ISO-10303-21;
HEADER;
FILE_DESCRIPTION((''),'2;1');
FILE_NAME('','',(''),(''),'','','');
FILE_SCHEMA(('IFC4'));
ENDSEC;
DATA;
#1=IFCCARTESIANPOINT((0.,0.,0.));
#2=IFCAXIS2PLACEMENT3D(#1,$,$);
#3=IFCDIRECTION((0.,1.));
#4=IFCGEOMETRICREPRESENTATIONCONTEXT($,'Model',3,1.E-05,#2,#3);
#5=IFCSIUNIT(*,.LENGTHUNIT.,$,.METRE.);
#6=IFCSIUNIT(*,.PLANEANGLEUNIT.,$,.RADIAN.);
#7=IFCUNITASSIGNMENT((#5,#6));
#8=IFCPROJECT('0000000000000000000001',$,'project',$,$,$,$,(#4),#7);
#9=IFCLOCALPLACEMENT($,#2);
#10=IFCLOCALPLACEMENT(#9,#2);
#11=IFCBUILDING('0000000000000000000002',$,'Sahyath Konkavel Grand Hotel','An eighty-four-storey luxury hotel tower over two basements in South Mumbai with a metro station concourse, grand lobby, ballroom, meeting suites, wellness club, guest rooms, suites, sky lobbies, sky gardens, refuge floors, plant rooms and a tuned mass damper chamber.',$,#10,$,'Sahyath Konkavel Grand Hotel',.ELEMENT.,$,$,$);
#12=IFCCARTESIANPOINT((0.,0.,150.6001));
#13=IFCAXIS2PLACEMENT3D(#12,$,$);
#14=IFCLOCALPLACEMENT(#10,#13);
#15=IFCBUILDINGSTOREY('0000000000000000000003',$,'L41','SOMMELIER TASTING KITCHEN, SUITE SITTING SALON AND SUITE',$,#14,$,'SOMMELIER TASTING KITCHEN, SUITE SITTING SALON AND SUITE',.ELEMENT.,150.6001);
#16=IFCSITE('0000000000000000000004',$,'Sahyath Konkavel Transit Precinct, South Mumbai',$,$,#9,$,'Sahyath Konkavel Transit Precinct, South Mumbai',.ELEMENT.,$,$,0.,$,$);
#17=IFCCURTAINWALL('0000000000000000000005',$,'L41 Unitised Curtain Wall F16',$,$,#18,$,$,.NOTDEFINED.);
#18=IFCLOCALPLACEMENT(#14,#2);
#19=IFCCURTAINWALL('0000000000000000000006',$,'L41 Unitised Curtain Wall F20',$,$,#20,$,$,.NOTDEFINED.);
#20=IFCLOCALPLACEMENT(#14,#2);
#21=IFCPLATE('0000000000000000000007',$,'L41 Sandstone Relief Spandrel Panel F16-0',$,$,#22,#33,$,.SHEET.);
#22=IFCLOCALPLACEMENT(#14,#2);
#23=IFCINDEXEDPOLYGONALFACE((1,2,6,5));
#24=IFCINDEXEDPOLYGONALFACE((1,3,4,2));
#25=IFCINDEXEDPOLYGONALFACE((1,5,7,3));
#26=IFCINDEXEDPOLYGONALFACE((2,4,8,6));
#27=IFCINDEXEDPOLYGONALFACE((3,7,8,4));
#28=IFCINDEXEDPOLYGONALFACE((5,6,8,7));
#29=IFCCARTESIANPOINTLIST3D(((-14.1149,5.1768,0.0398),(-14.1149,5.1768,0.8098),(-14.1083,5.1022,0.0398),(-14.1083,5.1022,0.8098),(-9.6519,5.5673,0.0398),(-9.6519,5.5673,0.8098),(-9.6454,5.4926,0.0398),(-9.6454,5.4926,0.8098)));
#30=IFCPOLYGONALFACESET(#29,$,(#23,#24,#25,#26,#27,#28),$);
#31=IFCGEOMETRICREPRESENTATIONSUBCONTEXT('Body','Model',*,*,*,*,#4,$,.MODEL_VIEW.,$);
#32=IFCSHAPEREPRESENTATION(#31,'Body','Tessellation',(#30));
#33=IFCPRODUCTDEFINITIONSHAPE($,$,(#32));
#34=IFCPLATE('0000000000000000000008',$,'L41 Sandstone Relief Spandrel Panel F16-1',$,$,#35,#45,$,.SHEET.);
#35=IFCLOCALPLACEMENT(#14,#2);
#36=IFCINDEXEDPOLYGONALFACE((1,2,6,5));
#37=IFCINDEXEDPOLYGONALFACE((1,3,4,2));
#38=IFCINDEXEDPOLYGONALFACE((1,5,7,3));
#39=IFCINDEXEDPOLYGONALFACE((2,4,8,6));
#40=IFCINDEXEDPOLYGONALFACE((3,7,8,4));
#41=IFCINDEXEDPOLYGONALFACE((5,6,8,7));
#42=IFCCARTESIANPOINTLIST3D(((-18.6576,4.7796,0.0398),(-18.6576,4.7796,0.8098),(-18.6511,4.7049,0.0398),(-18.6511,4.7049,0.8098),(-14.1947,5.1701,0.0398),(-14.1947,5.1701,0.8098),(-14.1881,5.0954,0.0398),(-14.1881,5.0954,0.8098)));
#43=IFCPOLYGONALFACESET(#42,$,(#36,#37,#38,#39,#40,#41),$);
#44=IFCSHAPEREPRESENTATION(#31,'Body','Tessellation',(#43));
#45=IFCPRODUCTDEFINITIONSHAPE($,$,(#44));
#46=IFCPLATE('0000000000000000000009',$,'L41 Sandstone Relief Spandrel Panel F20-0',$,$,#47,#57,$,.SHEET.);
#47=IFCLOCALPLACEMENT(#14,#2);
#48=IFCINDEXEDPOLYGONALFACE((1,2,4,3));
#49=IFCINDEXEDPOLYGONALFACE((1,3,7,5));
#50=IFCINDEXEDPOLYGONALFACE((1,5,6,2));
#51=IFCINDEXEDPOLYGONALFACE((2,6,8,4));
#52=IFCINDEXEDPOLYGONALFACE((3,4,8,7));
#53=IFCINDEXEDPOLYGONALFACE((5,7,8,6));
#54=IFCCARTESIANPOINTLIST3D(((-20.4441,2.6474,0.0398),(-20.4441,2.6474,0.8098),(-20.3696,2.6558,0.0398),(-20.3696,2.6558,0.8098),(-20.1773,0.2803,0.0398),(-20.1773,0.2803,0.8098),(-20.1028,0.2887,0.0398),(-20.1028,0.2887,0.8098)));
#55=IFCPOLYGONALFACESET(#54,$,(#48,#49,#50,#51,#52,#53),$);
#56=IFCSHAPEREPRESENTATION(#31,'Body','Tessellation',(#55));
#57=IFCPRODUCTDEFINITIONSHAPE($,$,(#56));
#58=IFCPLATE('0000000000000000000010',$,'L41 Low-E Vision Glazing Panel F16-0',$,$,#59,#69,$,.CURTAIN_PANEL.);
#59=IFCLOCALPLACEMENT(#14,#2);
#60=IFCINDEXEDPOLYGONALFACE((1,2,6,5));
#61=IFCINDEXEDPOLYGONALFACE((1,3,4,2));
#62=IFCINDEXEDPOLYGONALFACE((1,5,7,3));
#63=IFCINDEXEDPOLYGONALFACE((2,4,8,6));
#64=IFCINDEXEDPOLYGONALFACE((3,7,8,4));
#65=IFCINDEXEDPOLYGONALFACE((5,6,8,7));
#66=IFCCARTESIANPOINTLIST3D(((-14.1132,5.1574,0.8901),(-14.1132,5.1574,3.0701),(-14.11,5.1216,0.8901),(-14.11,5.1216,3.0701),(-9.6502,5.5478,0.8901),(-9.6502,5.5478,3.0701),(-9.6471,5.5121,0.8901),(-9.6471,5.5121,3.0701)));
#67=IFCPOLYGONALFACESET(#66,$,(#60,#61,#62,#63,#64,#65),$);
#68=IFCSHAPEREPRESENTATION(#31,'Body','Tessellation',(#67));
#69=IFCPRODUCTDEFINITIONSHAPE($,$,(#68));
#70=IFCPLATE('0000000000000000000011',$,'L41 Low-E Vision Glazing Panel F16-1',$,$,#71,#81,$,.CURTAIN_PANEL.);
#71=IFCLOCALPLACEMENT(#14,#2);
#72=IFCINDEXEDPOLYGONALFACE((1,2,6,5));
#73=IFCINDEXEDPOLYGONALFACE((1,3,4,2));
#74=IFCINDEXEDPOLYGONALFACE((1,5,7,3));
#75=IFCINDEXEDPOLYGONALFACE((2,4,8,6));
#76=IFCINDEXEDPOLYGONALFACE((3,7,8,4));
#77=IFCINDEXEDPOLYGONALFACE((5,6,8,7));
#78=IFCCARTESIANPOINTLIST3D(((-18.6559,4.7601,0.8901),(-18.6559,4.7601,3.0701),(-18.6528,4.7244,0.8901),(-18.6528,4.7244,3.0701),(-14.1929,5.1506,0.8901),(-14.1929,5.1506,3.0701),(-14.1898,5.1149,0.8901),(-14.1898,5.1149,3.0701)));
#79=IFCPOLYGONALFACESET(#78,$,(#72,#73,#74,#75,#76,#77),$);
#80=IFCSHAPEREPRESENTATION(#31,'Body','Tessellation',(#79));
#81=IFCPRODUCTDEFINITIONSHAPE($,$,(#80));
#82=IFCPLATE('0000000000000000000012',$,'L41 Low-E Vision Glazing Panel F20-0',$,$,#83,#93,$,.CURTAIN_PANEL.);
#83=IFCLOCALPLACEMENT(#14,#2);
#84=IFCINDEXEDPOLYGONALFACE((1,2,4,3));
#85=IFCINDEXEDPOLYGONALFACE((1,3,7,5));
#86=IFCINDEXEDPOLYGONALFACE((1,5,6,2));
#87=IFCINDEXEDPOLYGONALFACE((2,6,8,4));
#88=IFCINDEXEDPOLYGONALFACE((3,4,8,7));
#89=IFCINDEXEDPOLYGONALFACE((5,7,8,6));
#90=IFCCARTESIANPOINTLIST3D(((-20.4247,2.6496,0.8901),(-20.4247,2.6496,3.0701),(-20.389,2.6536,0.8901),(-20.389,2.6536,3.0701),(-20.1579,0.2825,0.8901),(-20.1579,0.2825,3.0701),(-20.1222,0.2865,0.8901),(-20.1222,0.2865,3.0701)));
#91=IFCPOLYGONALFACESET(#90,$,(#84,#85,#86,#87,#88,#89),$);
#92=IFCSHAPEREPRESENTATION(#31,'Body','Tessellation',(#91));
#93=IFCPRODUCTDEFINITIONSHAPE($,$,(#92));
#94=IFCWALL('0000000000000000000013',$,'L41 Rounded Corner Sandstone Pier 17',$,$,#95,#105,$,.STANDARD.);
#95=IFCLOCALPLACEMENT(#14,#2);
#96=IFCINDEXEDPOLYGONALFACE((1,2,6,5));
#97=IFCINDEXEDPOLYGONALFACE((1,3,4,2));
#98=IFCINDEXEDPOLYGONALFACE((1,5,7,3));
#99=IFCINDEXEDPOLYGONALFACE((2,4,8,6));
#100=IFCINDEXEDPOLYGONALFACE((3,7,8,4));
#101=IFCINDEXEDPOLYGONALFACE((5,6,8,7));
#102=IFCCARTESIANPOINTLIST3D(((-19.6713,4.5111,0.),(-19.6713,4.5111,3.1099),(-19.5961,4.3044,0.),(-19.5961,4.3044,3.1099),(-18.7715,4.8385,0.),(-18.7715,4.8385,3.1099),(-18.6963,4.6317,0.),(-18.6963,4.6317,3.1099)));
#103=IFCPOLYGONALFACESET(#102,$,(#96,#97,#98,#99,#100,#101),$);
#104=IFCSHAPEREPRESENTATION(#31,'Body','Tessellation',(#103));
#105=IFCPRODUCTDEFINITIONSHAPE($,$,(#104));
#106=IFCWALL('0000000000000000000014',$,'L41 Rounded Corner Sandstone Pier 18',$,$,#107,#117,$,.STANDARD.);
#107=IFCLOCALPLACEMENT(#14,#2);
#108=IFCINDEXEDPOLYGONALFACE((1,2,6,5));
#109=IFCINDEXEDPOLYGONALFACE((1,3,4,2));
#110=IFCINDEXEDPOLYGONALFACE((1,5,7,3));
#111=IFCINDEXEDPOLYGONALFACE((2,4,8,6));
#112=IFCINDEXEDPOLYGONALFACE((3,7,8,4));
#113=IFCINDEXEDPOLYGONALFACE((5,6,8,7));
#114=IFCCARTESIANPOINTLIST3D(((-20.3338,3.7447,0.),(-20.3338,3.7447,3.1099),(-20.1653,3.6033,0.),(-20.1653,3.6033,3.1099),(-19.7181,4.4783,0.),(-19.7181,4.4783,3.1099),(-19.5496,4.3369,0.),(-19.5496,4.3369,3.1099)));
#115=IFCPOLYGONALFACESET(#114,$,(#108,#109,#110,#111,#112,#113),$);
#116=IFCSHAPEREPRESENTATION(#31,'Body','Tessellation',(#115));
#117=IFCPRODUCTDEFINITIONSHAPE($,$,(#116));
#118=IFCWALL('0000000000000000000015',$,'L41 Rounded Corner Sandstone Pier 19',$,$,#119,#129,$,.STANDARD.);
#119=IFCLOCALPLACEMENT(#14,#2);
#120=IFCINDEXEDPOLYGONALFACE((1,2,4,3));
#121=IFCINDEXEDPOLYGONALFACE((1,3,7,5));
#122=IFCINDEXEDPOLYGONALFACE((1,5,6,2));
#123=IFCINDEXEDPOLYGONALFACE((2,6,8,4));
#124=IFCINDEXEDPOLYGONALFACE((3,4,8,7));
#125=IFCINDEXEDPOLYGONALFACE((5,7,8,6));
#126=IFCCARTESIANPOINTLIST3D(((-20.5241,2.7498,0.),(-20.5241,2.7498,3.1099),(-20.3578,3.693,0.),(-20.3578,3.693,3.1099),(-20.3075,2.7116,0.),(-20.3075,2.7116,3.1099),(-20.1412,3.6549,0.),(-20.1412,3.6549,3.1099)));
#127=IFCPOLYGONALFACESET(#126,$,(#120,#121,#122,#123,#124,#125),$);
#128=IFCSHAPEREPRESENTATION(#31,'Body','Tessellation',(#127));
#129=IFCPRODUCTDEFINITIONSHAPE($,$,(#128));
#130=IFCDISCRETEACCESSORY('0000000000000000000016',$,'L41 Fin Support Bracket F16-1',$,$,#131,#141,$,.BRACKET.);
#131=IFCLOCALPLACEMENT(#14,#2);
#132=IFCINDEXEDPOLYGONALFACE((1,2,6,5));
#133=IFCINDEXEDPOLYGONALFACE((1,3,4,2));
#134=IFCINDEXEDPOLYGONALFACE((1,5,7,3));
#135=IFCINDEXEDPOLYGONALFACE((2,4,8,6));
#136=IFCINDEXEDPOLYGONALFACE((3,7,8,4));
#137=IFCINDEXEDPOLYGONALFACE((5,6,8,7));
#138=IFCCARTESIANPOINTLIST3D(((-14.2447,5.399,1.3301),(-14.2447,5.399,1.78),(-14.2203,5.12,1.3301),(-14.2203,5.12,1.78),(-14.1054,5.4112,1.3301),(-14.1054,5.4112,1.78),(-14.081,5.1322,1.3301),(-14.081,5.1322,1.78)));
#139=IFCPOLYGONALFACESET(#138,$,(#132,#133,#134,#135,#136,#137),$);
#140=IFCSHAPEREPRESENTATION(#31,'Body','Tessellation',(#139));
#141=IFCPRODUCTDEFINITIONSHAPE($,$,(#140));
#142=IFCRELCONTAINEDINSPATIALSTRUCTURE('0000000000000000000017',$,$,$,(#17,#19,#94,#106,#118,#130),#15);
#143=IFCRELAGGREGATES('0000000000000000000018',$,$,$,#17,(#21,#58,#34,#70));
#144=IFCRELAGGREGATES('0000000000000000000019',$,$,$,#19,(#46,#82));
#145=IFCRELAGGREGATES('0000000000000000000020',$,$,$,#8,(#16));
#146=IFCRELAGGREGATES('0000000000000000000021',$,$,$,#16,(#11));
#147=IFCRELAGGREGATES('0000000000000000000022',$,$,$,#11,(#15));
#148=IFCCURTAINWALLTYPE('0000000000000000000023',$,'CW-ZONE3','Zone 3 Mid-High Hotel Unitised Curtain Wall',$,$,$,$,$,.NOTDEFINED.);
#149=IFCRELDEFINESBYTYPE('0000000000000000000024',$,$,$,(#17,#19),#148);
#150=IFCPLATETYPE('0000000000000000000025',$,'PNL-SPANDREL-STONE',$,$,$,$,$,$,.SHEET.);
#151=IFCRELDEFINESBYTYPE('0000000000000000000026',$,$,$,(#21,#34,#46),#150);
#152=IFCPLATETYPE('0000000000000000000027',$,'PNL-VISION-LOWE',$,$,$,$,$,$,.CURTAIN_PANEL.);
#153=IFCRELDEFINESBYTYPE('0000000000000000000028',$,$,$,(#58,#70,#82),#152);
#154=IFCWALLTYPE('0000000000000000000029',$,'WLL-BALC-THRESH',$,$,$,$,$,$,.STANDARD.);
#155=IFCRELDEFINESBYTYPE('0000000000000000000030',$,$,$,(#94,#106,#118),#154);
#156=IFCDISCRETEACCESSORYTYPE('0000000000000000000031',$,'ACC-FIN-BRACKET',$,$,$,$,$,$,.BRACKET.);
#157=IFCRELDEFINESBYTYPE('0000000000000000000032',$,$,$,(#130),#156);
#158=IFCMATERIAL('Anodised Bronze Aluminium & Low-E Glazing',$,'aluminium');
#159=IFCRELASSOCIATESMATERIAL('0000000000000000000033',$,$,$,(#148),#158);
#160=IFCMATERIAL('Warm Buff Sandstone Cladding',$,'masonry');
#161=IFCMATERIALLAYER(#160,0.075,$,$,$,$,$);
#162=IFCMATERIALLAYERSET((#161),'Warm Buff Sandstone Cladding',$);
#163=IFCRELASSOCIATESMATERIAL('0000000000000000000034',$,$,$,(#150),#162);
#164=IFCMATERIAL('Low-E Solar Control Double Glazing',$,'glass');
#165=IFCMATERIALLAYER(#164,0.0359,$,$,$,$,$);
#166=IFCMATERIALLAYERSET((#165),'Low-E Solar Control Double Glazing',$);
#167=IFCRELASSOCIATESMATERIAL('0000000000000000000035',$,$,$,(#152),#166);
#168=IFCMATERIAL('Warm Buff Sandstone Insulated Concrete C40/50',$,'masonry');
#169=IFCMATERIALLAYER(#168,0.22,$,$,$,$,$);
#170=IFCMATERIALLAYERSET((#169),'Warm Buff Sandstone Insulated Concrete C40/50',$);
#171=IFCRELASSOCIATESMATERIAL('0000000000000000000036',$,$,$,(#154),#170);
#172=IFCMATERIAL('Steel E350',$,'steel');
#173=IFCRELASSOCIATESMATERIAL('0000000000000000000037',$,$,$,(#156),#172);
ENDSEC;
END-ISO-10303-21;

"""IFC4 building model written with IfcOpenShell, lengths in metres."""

from ifc_helpers import new_model, si_unit, direction, frame, frame_2d, origin, origin_2d, place, context, subcontext, project, spatial, rectangle, extrude, source, transform, mapped, material, layer, layer_set, type_object, element, aggregate, save


model = new_model("IFC4")

# Units and contexts
model_context = context("Model", 3, precision=1e-05, world=origin(), true_north=direction((0.0, 1.0)))
body_context = subcontext(model_context, "Body", "Model", "MODEL_VIEW")
ifc_project = project(units=[si_unit("LENGTHUNIT", "METRE"), si_unit("PLANEANGLEUNIT", "RADIAN")], contexts=[model_context])

# Site, building, storey
site_placement = place(None, origin())
site = spatial("IfcSite", under=ifc_project, at=site_placement, Name="Sahyath Konkavel Transit Precinct, South Mumbai", LongName="Sahyath Konkavel Transit Precinct, South Mumbai", CompositionType="ELEMENT", RefElevation=0.0)
building_placement = place(site_placement, origin())
building = spatial("IfcBuilding", under=site, at=building_placement, Name="Sahyath Konkavel Grand Hotel", Description="An eighty-four-storey luxury hotel tower over two basements in South Mumbai with a metro station concourse, grand lobby, ballroom, meeting suites, wellness club, guest rooms, suites, sky lobbies, sky gardens, refuge floors, plant rooms and a tuned mass damper chamber.", LongName="Sahyath Konkavel Grand Hotel", CompositionType="ELEMENT")
storey_placement = place(building_placement, frame((0.0, 0.0, 150.6001)))
storey = spatial("IfcBuildingStorey", under=building, at=storey_placement, Name="L41", Description="SOMMELIER TASTING KITCHEN, SUITE SITTING SALON AND SUITE", LongName="SOMMELIER TASTING KITCHEN, SUITE SITTING SALON AND SUITE", CompositionType="ELEMENT", Elevation=150.6001)

# Shared definitions
ifc_material_1 = material(Name="Steel E350", Category="steel")

# Curtain walls
ifc_material_2 = material(Name="Anodised Bronze Aluminium & Low-E Glazing", Category="aluminium")
curtain_wall_type = type_object("IfcCurtainWallType", Name="CW-ZONE3", Description="Zone 3 Mid-High Hotel Unitised Curtain Wall", PredefinedType="NOTDEFINED", material=ifc_material_2)
curtain_wall_1_placement = place(storey_placement, origin())
curtain_wall_1 = element("IfcCurtainWall", 1, at=curtain_wall_1_placement, inside=storey, type_object=curtain_wall_type, Name="L41 Unitised Curtain Wall F16", PredefinedType="NOTDEFINED")
curtain_wall_2_placement = place(storey_placement, origin())
curtain_wall_2 = element("IfcCurtainWall", 2, at=curtain_wall_2_placement, inside=storey, type_object=curtain_wall_type, Name="L41 Unitised Curtain Wall F20", PredefinedType="NOTDEFINED")

# Plates
ifc_material_3 = material(Name="Warm Buff Sandstone Cladding", Category="masonry")
ifc_layer_1 = layer(ifc_material_3, 0.075)
ifc_layer_set_1 = layer_set([ifc_layer_1], Name="Warm Buff Sandstone Cladding")
plate_type_1 = type_object("IfcPlateType", Name="PNL-SPANDREL-STONE", PredefinedType="SHEET", material=ifc_layer_set_1)
shared_shape_1 = source(origin(), body_context, "Body", "SweptSolid", [
    extrude(rectangle(XDim=4.48, YDim=0.075, at=origin_2d()), origin(), (0.0, 0.0, 1.0), 0.77),
])
plate_1_placement = place(storey_placement, frame((-11.8801, 5.3347, 0.0398), z_axis=(0.0, 0.0, 1.0), x_axis=(-0.996195, -0.087156, 0.0)))
plate_1 = element("IfcPlate", 3, at=plate_1_placement, type_object=plate_type_1, Name="L41 Sandstone Relief Spandrel Panel F16-0", PredefinedType="SHEET", context=body_context, shape_type="MappedRepresentation", body=[
    mapped(shared_shape_1, transform((0.0, 0.0, 0.0), scale=1.0)),
])
plate_2_placement = place(storey_placement, frame((-16.4229, 4.9375, 0.0398), z_axis=(0.0, 0.0, 1.0), x_axis=(-0.996195, -0.087156, 0.0)))
plate_2 = element("IfcPlate", 4, at=plate_2_placement, type_object=plate_type_1, Name="L41 Sandstone Relief Spandrel Panel F16-1", PredefinedType="SHEET", context=body_context, shape_type="MappedRepresentation", body=[
    mapped(shared_shape_1, transform((0.0, 0.0, 0.0), scale=1.0)),
])
shared_shape_2 = source(origin(), body_context, "Body", "SweptSolid", [
    extrude(rectangle(XDim=2.3821, YDim=0.075, at=origin_2d()), origin(), (0.0, 0.0, 1.0), 0.77),
])
plate_3_placement = place(storey_placement, frame((-20.2734, 1.468, 0.0398), z_axis=(0.0, 0.0, 1.0), x_axis=(0.111989, -0.993709, 0.0)))
plate_3 = element("IfcPlate", 5, at=plate_3_placement, type_object=plate_type_1, Name="L41 Sandstone Relief Spandrel Panel F20-0", PredefinedType="SHEET", context=body_context, shape_type="MappedRepresentation", body=[
    mapped(shared_shape_2, transform((0.0, 0.0, 0.0), scale=1.0)),
])
ifc_material_4 = material(Name="Low-E Solar Control Double Glazing", Category="glass")
ifc_layer_2 = layer(ifc_material_4, 0.0359)
ifc_layer_set_2 = layer_set([ifc_layer_2], Name="Low-E Solar Control Double Glazing")
plate_type_2 = type_object("IfcPlateType", Name="PNL-VISION-LOWE", PredefinedType="CURTAIN_PANEL", material=ifc_layer_set_2)
shared_shape_3 = source(origin(), body_context, "Body", "SweptSolid", [
    extrude(rectangle(XDim=4.48, YDim=0.0359, at=origin_2d()), origin(), (0.0, 0.0, 1.0), 2.1799),
])
plate_4_placement = place(storey_placement, frame((-11.8801, 5.3347, 0.8901), z_axis=(0.0, 0.0, 1.0), x_axis=(-0.996195, -0.087156, 0.0)))
plate_4 = element("IfcPlate", 6, at=plate_4_placement, type_object=plate_type_2, Name="L41 Low-E Vision Glazing Panel F16-0", PredefinedType="CURTAIN_PANEL", context=body_context, shape_type="MappedRepresentation", body=[
    mapped(shared_shape_3, transform((0.0, 0.0, 0.0), scale=1.0)),
])
plate_5_placement = place(storey_placement, frame((-16.4229, 4.9375, 0.8901), z_axis=(0.0, 0.0, 1.0), x_axis=(-0.996195, -0.087156, 0.0)))
plate_5 = element("IfcPlate", 7, at=plate_5_placement, type_object=plate_type_2, Name="L41 Low-E Vision Glazing Panel F16-1", PredefinedType="CURTAIN_PANEL", context=body_context, shape_type="MappedRepresentation", body=[
    mapped(shared_shape_3, transform((0.0, 0.0, 0.0), scale=1.0)),
])
aggregate(curtain_wall_1, [plate_1, plate_4, plate_2, plate_5])
shared_shape_4 = source(origin(), body_context, "Body", "SweptSolid", [
    extrude(rectangle(XDim=2.3821, YDim=0.0359, at=origin_2d()), origin(), (0.0, 0.0, 1.0), 2.1799),
])
plate_6_placement = place(storey_placement, frame((-20.2734, 1.468, 0.8901), z_axis=(0.0, 0.0, 1.0), x_axis=(0.111989, -0.993709, 0.0)))
plate_6 = element("IfcPlate", 8, at=plate_6_placement, type_object=plate_type_2, Name="L41 Low-E Vision Glazing Panel F20-0", PredefinedType="CURTAIN_PANEL", context=body_context, shape_type="MappedRepresentation", body=[
    mapped(shared_shape_4, transform((0.0, 0.0, 0.0), scale=1.0)),
])
aggregate(curtain_wall_2, [plate_3, plate_6])

# Walls
ifc_material_5 = material(Name="Warm Buff Sandstone Insulated Concrete C40/50", Category="masonry")
ifc_layer_3 = layer(ifc_material_5, 0.22)
ifc_layer_set_3 = layer_set([ifc_layer_3], Name="Warm Buff Sandstone Insulated Concrete C40/50")
wall_type = type_object("IfcWallType", Name="WLL-BALC-THRESH", PredefinedType="STANDARD", material=ifc_layer_set_3)
wall_placement = place(storey_placement, frame((-18.7339, 4.7351, 0.0), z_axis=(0.0, 0.0, 1.0), x_axis=(-0.939741, -0.341886, 0.0)))
element("IfcWall", 9, at=wall_placement, inside=storey, type_object=wall_type, Name="L41 Rounded Corner Sandstone Pier 17", PredefinedType="STANDARD", context=body_context, shape_type="SweptSolid", body=[
    extrude(rectangle(XDim=0.9575, YDim=0.22, at=frame_2d((0.4788, 0.0))), origin(), (0.0, 0.0, 1.0), 3.1099),
])
for number, where, z_axis, x_axis, name in (
    (10, (-19.6338, 4.4077, 0.0), (0.0, 0.0, 1.0), (-0.642863, -0.765981, 0.0), "L41 Rounded Corner Sandstone Pier 18"),
    (11, (-20.2495, 3.6741, 0.0), (0.0, 0.0, 1.0), (-0.173611, -0.984814, 0.0), "L41 Rounded Corner Sandstone Pier 19"),
):
    element("IfcWall", number, at=place(storey_placement, frame(where, z_axis=z_axis, x_axis=x_axis)), inside=storey, type_object=wall_type, Name=name, PredefinedType="STANDARD", context=body_context, shape_type="SweptSolid", body=[
        extrude(rectangle(XDim=0.9578, YDim=0.22, at=frame_2d((0.479, 0.0))), origin(), (0.0, 0.0, 1.0), 3.1099),
    ])

# Discrete accessory
discrete_accessory_type = type_object("IfcDiscreteAccessoryType", Name="ACC-FIN-BRACKET", PredefinedType="BRACKET", material=ifc_material_1)
shared_shape_5 = source(origin(), body_context, "Body", "SweptSolid", [
    extrude(rectangle(XDim=0.28, YDim=0.1399, at=origin_2d()), origin(), (0.0, 0.0, 1.0), 0.45),
])
discrete_accessory_placement = place(storey_placement, frame((-14.1628, 5.2656, 1.3301), z_axis=(0.0, 0.0, 1.0), x_axis=(-0.087156, 0.996195, 0.0)))
element("IfcDiscreteAccessory", 12, at=discrete_accessory_placement, inside=storey, type_object=discrete_accessory_type, Name="L41 Fin Support Bracket F16-1", PredefinedType="BRACKET", context=body_context, shape_type="MappedRepresentation", body=[
    mapped(shared_shape_5, transform((0.0, 0.0, 0.0), scale=1.0)),
])

save(model, "model.ifc")
